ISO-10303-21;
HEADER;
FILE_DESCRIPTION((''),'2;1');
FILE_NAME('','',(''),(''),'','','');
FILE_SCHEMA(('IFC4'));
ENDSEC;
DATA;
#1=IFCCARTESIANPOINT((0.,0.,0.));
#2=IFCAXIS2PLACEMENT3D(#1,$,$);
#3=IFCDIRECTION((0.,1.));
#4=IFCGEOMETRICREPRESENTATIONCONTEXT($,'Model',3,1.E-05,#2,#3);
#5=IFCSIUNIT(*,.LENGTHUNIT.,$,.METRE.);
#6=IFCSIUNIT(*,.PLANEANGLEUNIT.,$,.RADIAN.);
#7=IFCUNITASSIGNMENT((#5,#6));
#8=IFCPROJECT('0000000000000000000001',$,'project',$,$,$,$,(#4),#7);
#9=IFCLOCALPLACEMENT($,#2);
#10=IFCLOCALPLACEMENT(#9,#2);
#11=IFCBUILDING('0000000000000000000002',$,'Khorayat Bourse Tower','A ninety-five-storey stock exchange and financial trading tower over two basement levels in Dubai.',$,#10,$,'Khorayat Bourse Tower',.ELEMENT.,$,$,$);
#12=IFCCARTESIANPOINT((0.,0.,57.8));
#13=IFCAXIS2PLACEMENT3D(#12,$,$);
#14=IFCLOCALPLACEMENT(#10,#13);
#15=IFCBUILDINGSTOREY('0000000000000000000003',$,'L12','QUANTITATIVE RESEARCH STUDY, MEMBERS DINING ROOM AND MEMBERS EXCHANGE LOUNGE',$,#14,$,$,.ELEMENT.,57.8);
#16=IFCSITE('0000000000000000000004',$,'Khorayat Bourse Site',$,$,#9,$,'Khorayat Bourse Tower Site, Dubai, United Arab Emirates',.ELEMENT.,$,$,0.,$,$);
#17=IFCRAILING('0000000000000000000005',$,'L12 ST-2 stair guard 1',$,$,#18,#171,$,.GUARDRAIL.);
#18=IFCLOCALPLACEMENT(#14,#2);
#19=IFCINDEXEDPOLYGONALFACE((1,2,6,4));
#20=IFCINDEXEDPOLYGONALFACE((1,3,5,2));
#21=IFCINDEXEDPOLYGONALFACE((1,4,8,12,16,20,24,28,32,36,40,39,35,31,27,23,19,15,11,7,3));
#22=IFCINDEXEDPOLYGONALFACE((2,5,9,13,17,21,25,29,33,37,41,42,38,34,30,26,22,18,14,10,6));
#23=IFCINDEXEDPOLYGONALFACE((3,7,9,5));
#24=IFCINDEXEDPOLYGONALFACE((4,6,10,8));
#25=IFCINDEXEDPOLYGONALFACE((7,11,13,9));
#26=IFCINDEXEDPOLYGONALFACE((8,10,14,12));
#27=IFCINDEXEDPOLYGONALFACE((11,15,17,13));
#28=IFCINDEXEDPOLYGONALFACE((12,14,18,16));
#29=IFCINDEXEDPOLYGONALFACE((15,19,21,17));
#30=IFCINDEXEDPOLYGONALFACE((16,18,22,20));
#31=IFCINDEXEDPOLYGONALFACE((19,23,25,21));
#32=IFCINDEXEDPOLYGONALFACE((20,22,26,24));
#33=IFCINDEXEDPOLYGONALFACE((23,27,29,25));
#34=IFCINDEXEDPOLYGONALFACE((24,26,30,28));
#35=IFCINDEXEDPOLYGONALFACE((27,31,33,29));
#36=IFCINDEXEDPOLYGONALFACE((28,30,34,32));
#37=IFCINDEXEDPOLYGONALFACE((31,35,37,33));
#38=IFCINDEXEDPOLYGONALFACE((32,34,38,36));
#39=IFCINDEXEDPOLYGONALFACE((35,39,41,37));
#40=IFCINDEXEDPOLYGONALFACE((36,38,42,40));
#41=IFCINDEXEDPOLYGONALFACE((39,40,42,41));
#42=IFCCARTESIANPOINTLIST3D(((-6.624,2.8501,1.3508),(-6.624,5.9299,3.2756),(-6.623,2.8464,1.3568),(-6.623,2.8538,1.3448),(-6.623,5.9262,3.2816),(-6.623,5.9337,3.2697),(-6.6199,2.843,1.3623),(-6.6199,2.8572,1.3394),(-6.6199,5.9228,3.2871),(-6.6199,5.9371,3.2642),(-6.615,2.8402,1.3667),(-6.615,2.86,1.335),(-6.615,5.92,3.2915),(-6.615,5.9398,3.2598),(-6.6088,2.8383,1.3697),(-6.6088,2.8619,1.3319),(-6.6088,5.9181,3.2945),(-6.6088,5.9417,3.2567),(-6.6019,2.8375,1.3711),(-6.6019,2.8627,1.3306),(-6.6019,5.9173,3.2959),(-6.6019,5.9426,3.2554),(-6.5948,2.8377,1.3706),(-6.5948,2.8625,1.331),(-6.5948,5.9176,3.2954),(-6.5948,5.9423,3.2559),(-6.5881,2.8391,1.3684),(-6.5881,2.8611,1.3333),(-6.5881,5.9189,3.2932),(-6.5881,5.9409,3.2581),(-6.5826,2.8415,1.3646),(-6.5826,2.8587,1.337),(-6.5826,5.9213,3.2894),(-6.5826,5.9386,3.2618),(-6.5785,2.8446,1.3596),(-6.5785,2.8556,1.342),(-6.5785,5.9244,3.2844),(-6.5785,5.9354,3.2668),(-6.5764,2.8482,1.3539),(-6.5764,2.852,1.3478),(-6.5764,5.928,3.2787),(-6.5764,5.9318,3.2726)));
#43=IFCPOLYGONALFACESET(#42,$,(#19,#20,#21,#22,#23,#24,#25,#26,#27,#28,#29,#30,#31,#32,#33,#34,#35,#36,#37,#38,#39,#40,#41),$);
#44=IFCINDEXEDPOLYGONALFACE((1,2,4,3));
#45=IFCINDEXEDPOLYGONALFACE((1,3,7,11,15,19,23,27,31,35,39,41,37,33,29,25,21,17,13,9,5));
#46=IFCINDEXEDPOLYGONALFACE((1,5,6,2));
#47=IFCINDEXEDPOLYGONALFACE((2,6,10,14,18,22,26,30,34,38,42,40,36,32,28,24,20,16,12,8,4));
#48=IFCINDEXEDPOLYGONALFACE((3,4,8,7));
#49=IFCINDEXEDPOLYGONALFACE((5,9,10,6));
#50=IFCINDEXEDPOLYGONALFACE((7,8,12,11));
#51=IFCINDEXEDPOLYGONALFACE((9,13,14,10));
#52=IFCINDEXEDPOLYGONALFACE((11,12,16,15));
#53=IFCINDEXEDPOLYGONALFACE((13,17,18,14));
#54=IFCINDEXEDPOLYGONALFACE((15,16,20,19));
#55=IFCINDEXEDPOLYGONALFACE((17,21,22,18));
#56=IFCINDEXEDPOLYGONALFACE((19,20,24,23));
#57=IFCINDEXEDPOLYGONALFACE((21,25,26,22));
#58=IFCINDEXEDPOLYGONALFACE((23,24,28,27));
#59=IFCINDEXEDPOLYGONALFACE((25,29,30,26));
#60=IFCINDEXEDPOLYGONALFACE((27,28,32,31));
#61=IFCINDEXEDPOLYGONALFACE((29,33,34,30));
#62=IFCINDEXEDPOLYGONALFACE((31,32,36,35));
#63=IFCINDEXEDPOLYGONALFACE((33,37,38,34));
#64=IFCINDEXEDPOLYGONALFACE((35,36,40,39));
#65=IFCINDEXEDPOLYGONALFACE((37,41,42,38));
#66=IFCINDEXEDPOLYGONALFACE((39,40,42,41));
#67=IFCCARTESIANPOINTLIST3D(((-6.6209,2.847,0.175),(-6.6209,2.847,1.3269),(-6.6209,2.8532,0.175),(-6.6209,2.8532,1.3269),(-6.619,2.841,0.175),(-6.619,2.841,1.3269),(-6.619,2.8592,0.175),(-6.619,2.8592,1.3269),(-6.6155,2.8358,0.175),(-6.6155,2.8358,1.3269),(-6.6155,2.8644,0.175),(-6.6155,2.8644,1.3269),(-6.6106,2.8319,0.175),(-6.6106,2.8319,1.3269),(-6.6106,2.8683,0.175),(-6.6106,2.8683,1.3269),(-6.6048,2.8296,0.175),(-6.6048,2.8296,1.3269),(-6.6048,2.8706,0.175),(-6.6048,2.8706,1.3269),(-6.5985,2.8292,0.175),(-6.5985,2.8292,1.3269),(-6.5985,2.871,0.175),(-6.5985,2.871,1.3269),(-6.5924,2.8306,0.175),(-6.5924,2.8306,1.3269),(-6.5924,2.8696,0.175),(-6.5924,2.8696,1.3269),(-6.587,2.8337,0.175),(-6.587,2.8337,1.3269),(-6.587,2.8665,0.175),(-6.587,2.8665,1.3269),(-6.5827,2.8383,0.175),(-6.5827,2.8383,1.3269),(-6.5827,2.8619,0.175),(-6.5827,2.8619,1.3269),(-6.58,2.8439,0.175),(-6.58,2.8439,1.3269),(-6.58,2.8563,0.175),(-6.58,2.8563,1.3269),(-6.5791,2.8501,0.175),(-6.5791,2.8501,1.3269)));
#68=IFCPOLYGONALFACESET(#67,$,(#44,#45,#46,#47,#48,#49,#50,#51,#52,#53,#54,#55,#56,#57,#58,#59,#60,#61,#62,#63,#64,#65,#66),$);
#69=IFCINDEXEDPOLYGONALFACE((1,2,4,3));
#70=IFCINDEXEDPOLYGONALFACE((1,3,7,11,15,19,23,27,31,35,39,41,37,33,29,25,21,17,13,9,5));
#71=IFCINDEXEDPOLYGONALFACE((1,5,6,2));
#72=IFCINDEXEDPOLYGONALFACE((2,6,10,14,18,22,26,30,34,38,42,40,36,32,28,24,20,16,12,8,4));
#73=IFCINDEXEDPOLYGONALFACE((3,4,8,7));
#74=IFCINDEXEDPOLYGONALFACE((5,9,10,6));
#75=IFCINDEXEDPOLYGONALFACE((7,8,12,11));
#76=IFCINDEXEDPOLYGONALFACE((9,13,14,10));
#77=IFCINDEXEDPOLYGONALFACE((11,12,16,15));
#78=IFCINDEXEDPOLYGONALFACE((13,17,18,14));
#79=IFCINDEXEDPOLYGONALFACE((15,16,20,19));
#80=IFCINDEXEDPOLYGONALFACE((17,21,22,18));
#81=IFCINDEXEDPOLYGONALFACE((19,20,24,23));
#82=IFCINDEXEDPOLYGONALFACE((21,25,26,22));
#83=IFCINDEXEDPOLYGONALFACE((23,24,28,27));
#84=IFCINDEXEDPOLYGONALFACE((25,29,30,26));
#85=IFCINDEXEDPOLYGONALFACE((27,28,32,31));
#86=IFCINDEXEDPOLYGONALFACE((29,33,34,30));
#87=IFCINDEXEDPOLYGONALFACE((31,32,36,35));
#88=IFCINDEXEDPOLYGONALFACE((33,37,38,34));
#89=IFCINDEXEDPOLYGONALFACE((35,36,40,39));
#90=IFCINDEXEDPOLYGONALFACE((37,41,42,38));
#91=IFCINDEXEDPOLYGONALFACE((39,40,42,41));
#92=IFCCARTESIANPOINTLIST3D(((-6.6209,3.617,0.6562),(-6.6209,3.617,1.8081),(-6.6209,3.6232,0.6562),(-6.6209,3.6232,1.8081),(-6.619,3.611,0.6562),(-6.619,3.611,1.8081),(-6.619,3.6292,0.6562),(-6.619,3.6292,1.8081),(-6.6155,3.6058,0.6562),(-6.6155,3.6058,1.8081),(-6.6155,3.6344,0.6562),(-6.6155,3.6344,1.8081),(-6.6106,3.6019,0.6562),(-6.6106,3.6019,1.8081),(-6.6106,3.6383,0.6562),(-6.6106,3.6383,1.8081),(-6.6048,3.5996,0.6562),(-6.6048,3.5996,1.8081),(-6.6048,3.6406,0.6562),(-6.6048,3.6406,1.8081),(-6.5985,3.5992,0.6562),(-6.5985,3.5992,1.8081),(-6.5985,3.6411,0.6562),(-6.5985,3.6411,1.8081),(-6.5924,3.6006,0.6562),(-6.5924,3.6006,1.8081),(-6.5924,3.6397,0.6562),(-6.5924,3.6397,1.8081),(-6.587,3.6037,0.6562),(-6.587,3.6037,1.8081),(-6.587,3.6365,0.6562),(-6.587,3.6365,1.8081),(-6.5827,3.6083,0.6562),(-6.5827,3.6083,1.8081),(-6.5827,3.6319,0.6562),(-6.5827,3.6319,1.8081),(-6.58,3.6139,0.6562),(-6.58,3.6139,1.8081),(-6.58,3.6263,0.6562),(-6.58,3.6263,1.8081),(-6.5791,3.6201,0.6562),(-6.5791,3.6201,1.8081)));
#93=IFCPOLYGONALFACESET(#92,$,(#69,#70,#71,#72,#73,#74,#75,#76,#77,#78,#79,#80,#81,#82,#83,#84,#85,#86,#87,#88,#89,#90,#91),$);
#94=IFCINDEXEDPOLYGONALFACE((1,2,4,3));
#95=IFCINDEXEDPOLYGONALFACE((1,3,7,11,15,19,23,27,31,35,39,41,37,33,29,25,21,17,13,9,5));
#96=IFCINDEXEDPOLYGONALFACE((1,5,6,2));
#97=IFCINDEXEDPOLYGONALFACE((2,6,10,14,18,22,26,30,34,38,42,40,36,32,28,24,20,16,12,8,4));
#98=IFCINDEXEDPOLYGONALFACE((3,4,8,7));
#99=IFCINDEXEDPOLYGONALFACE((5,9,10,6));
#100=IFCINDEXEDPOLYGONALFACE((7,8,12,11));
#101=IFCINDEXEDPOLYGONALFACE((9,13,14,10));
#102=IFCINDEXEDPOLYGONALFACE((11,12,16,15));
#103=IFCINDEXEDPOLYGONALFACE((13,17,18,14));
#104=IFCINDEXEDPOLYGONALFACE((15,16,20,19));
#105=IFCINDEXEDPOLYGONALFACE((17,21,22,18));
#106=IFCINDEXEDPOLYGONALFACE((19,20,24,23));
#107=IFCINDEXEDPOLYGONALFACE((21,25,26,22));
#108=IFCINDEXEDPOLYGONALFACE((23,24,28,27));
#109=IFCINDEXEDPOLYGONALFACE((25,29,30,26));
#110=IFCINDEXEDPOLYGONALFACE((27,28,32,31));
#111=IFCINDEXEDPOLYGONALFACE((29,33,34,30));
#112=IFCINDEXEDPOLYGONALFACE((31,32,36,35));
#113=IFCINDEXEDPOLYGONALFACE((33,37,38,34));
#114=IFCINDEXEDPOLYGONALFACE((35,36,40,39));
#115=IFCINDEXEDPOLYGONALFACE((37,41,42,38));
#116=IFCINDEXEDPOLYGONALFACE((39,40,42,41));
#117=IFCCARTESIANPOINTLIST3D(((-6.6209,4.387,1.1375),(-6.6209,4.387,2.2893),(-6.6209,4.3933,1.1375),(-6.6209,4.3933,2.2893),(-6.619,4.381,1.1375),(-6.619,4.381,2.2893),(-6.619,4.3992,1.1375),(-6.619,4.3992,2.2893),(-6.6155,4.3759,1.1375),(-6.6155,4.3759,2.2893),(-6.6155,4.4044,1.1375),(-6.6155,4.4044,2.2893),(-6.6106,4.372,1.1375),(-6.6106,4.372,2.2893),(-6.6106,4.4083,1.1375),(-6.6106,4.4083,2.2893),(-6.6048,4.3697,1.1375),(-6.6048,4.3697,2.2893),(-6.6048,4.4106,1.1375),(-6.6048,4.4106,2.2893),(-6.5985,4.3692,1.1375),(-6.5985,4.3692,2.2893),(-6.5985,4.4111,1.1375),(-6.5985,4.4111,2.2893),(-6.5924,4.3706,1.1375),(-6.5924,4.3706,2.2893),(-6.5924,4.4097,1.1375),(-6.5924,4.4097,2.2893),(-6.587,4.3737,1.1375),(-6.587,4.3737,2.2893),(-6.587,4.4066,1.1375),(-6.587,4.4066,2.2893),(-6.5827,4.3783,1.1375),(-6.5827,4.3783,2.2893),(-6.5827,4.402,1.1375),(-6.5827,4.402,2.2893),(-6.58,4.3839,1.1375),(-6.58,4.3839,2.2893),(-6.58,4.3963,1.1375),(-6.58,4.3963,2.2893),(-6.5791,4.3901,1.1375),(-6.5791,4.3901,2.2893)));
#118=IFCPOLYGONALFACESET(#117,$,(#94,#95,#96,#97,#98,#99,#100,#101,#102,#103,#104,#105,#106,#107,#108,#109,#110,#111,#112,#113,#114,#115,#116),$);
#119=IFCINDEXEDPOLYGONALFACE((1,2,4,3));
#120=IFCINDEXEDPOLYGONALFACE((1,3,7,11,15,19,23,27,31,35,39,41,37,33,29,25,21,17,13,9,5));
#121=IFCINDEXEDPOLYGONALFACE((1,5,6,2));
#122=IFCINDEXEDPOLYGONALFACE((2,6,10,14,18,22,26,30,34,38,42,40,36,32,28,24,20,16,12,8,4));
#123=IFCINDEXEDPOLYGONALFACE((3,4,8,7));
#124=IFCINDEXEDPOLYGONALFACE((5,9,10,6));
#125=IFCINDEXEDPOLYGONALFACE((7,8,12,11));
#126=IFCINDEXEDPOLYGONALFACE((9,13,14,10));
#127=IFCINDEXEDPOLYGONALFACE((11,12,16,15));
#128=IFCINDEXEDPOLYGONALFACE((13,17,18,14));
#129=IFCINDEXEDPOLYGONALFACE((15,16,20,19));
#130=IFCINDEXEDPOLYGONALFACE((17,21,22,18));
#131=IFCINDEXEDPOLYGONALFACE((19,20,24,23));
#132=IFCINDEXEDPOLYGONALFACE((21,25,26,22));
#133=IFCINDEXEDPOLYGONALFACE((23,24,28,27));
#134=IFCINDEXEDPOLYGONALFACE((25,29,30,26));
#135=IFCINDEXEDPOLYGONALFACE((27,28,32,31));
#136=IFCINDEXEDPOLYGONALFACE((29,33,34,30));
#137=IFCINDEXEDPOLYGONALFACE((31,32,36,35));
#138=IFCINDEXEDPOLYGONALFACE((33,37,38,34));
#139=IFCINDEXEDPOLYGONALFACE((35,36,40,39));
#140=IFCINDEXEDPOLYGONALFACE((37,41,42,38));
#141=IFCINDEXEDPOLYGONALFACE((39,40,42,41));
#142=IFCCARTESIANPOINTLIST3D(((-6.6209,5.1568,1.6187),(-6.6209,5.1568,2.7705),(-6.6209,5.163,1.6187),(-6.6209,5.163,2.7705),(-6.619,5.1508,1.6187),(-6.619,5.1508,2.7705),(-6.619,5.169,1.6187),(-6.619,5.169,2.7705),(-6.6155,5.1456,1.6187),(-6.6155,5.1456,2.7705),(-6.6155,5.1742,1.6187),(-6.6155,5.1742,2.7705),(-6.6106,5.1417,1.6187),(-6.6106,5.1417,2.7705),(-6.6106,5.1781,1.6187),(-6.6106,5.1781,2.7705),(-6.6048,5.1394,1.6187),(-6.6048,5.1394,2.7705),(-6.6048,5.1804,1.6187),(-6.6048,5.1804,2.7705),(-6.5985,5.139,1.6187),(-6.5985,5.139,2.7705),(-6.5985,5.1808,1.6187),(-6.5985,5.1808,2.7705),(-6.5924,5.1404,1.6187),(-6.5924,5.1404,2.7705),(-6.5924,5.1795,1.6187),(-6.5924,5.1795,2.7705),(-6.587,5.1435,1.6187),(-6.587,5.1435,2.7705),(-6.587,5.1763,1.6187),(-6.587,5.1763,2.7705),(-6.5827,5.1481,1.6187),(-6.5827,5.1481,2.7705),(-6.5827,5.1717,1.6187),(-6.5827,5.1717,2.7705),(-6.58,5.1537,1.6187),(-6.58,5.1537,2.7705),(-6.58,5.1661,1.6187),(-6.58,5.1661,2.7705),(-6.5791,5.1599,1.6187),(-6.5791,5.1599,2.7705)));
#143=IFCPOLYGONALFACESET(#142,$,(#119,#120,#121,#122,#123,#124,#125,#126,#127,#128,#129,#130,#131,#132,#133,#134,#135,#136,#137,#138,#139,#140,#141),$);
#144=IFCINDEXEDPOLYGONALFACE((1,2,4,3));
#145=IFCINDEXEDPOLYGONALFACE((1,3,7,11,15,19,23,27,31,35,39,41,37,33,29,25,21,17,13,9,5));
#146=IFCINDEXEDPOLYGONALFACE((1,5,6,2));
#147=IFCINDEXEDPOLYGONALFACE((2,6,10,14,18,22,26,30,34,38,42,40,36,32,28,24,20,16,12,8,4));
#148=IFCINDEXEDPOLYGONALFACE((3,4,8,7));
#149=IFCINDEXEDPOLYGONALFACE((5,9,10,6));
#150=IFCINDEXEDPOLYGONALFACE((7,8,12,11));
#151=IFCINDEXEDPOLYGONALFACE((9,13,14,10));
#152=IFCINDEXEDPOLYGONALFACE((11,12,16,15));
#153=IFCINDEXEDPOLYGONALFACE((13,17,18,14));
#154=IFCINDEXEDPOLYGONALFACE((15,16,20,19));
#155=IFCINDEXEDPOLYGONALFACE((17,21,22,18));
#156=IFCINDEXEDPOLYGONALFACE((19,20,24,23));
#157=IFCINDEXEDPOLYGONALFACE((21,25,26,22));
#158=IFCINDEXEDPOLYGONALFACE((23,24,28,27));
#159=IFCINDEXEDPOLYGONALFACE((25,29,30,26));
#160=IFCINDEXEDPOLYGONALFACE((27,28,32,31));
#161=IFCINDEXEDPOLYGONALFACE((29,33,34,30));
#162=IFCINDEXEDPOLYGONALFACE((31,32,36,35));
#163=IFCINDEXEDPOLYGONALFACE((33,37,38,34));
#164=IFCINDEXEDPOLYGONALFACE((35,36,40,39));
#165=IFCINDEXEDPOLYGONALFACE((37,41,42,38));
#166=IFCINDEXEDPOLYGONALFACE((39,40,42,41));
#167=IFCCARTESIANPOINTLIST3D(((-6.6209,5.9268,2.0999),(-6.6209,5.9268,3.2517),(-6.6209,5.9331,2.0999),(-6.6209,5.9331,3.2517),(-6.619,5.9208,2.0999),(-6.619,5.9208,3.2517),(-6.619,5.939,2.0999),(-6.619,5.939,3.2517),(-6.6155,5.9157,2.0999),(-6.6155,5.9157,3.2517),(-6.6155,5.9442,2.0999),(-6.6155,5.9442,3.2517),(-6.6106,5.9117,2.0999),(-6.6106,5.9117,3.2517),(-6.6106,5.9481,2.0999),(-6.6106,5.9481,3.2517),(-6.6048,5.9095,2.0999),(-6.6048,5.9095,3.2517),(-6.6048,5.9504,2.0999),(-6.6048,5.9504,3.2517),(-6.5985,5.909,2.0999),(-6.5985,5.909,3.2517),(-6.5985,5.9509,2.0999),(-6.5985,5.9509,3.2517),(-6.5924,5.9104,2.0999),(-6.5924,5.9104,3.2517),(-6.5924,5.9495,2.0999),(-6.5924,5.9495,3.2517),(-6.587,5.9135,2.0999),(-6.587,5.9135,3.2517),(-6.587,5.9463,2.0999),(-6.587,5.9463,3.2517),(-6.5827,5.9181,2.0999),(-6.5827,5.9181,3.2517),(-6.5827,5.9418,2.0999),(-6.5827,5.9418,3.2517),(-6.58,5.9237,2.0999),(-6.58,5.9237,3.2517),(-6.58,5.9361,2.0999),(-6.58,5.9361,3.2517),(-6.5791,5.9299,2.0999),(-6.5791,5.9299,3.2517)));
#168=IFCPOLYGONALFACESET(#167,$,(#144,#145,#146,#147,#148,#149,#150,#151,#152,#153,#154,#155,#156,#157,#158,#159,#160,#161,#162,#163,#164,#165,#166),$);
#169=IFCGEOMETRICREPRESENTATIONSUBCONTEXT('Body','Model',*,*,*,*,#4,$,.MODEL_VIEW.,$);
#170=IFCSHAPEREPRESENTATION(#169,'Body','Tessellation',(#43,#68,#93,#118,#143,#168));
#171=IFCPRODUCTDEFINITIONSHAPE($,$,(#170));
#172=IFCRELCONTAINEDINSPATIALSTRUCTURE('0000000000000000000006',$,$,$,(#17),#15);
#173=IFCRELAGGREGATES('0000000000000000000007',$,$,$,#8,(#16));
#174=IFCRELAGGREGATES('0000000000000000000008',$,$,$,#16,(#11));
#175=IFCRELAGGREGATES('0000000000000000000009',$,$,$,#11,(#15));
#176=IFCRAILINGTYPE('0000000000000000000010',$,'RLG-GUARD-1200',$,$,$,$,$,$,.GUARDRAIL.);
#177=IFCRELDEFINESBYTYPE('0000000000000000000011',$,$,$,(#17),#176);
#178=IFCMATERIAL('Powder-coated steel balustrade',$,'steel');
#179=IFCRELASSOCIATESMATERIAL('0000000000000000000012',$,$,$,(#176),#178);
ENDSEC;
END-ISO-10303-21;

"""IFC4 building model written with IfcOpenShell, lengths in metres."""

from ifc_helpers import new_model, si_unit, direction, frame, origin, origin_2d, place, context, subcontext, project, spatial, circle, extrude, source, transform, mapped, material, type_object, element, save


model = new_model("IFC4")

# Units and contexts
model_context = context("Model", 3, precision=1e-05, world=origin(), true_north=direction((0.0, 1.0)))
body_context = subcontext(model_context, "Body", "Model", "MODEL_VIEW")
ifc_project = project(units=[si_unit("LENGTHUNIT", "METRE"), si_unit("PLANEANGLEUNIT", "RADIAN")], contexts=[model_context])

# Site, building, storey
site_placement = place(None, origin())
site = spatial("IfcSite", under=ifc_project, at=site_placement, Name="Khorayat Bourse Site", LongName="Khorayat Bourse Tower Site, Dubai, United Arab Emirates", CompositionType="ELEMENT", RefElevation=0.0)
building_placement = place(site_placement, origin())
building = spatial("IfcBuilding", under=site, at=building_placement, Name="Khorayat Bourse Tower", Description="A ninety-five-storey stock exchange and financial trading tower over two basement levels in Dubai.", LongName="Khorayat Bourse Tower", CompositionType="ELEMENT")
storey_placement = place(building_placement, frame((0.0, 0.0, 57.8)))
storey = spatial("IfcBuildingStorey", under=building, at=storey_placement, Name="L12", Description="QUANTITATIVE RESEARCH STUDY, MEMBERS DINING ROOM AND MEMBERS EXCHANGE LOUNGE", CompositionType="ELEMENT", Elevation=57.8)

# Railing
ifc_material_1 = material(Name="Powder-coated steel balustrade", Category="steel")
railing_type_1 = type_object("IfcRailingType", Name="RLG-GUARD-1200", PredefinedType="GUARDRAIL", material=ifc_material_1)
shared_shape_1 = source(origin(), body_context, "Body", "SweptSolid", [
    extrude(circle(Radius=0.0239, at=origin_2d()), frame((0.0, 0.0, 1.1758), z_axis=(0.0, 0.84801, 0.529981), x_axis=(-1.0, 0.0, 0.0)), (0.0, 0.0, 1.0), 3.6318),
    extrude(circle(Radius=0.021, at=origin_2d()), origin(), (0.0, 0.0, 1.0), 1.1519),
    extrude(circle(Radius=0.021, at=origin_2d()), frame((0.0, 0.77, 0.4812)), (0.0, 0.0, 1.0), 1.1519),
    extrude(circle(Radius=0.021, at=origin_2d()), frame((0.0, 1.54, 0.9624)), (0.0, 0.0, 1.0), 1.1519),
    extrude(circle(Radius=0.021, at=origin_2d()), frame((0.0, 2.3098, 1.4436)), (0.0, 0.0, 1.0), 1.1519),
    extrude(circle(Radius=0.021, at=origin_2d()), frame((0.0, 3.0798, 1.9248)), (0.0, 0.0, 1.0), 1.1519),
])
railing_1_placement = place(storey_placement, frame((-6.6001, 2.8501, 0.175)))
element("IfcRailing", 1, at=railing_1_placement, inside=storey, type_object=railing_type_1, Name="L12 ST-2 stair guard 1", PredefinedType="GUARDRAIL", context=body_context, shape_type="MappedRepresentation", body=[
    mapped(shared_shape_1, transform((0.0, 0.0, 0.0), scale=1.0)),
])

save(model, "model.ifc")
